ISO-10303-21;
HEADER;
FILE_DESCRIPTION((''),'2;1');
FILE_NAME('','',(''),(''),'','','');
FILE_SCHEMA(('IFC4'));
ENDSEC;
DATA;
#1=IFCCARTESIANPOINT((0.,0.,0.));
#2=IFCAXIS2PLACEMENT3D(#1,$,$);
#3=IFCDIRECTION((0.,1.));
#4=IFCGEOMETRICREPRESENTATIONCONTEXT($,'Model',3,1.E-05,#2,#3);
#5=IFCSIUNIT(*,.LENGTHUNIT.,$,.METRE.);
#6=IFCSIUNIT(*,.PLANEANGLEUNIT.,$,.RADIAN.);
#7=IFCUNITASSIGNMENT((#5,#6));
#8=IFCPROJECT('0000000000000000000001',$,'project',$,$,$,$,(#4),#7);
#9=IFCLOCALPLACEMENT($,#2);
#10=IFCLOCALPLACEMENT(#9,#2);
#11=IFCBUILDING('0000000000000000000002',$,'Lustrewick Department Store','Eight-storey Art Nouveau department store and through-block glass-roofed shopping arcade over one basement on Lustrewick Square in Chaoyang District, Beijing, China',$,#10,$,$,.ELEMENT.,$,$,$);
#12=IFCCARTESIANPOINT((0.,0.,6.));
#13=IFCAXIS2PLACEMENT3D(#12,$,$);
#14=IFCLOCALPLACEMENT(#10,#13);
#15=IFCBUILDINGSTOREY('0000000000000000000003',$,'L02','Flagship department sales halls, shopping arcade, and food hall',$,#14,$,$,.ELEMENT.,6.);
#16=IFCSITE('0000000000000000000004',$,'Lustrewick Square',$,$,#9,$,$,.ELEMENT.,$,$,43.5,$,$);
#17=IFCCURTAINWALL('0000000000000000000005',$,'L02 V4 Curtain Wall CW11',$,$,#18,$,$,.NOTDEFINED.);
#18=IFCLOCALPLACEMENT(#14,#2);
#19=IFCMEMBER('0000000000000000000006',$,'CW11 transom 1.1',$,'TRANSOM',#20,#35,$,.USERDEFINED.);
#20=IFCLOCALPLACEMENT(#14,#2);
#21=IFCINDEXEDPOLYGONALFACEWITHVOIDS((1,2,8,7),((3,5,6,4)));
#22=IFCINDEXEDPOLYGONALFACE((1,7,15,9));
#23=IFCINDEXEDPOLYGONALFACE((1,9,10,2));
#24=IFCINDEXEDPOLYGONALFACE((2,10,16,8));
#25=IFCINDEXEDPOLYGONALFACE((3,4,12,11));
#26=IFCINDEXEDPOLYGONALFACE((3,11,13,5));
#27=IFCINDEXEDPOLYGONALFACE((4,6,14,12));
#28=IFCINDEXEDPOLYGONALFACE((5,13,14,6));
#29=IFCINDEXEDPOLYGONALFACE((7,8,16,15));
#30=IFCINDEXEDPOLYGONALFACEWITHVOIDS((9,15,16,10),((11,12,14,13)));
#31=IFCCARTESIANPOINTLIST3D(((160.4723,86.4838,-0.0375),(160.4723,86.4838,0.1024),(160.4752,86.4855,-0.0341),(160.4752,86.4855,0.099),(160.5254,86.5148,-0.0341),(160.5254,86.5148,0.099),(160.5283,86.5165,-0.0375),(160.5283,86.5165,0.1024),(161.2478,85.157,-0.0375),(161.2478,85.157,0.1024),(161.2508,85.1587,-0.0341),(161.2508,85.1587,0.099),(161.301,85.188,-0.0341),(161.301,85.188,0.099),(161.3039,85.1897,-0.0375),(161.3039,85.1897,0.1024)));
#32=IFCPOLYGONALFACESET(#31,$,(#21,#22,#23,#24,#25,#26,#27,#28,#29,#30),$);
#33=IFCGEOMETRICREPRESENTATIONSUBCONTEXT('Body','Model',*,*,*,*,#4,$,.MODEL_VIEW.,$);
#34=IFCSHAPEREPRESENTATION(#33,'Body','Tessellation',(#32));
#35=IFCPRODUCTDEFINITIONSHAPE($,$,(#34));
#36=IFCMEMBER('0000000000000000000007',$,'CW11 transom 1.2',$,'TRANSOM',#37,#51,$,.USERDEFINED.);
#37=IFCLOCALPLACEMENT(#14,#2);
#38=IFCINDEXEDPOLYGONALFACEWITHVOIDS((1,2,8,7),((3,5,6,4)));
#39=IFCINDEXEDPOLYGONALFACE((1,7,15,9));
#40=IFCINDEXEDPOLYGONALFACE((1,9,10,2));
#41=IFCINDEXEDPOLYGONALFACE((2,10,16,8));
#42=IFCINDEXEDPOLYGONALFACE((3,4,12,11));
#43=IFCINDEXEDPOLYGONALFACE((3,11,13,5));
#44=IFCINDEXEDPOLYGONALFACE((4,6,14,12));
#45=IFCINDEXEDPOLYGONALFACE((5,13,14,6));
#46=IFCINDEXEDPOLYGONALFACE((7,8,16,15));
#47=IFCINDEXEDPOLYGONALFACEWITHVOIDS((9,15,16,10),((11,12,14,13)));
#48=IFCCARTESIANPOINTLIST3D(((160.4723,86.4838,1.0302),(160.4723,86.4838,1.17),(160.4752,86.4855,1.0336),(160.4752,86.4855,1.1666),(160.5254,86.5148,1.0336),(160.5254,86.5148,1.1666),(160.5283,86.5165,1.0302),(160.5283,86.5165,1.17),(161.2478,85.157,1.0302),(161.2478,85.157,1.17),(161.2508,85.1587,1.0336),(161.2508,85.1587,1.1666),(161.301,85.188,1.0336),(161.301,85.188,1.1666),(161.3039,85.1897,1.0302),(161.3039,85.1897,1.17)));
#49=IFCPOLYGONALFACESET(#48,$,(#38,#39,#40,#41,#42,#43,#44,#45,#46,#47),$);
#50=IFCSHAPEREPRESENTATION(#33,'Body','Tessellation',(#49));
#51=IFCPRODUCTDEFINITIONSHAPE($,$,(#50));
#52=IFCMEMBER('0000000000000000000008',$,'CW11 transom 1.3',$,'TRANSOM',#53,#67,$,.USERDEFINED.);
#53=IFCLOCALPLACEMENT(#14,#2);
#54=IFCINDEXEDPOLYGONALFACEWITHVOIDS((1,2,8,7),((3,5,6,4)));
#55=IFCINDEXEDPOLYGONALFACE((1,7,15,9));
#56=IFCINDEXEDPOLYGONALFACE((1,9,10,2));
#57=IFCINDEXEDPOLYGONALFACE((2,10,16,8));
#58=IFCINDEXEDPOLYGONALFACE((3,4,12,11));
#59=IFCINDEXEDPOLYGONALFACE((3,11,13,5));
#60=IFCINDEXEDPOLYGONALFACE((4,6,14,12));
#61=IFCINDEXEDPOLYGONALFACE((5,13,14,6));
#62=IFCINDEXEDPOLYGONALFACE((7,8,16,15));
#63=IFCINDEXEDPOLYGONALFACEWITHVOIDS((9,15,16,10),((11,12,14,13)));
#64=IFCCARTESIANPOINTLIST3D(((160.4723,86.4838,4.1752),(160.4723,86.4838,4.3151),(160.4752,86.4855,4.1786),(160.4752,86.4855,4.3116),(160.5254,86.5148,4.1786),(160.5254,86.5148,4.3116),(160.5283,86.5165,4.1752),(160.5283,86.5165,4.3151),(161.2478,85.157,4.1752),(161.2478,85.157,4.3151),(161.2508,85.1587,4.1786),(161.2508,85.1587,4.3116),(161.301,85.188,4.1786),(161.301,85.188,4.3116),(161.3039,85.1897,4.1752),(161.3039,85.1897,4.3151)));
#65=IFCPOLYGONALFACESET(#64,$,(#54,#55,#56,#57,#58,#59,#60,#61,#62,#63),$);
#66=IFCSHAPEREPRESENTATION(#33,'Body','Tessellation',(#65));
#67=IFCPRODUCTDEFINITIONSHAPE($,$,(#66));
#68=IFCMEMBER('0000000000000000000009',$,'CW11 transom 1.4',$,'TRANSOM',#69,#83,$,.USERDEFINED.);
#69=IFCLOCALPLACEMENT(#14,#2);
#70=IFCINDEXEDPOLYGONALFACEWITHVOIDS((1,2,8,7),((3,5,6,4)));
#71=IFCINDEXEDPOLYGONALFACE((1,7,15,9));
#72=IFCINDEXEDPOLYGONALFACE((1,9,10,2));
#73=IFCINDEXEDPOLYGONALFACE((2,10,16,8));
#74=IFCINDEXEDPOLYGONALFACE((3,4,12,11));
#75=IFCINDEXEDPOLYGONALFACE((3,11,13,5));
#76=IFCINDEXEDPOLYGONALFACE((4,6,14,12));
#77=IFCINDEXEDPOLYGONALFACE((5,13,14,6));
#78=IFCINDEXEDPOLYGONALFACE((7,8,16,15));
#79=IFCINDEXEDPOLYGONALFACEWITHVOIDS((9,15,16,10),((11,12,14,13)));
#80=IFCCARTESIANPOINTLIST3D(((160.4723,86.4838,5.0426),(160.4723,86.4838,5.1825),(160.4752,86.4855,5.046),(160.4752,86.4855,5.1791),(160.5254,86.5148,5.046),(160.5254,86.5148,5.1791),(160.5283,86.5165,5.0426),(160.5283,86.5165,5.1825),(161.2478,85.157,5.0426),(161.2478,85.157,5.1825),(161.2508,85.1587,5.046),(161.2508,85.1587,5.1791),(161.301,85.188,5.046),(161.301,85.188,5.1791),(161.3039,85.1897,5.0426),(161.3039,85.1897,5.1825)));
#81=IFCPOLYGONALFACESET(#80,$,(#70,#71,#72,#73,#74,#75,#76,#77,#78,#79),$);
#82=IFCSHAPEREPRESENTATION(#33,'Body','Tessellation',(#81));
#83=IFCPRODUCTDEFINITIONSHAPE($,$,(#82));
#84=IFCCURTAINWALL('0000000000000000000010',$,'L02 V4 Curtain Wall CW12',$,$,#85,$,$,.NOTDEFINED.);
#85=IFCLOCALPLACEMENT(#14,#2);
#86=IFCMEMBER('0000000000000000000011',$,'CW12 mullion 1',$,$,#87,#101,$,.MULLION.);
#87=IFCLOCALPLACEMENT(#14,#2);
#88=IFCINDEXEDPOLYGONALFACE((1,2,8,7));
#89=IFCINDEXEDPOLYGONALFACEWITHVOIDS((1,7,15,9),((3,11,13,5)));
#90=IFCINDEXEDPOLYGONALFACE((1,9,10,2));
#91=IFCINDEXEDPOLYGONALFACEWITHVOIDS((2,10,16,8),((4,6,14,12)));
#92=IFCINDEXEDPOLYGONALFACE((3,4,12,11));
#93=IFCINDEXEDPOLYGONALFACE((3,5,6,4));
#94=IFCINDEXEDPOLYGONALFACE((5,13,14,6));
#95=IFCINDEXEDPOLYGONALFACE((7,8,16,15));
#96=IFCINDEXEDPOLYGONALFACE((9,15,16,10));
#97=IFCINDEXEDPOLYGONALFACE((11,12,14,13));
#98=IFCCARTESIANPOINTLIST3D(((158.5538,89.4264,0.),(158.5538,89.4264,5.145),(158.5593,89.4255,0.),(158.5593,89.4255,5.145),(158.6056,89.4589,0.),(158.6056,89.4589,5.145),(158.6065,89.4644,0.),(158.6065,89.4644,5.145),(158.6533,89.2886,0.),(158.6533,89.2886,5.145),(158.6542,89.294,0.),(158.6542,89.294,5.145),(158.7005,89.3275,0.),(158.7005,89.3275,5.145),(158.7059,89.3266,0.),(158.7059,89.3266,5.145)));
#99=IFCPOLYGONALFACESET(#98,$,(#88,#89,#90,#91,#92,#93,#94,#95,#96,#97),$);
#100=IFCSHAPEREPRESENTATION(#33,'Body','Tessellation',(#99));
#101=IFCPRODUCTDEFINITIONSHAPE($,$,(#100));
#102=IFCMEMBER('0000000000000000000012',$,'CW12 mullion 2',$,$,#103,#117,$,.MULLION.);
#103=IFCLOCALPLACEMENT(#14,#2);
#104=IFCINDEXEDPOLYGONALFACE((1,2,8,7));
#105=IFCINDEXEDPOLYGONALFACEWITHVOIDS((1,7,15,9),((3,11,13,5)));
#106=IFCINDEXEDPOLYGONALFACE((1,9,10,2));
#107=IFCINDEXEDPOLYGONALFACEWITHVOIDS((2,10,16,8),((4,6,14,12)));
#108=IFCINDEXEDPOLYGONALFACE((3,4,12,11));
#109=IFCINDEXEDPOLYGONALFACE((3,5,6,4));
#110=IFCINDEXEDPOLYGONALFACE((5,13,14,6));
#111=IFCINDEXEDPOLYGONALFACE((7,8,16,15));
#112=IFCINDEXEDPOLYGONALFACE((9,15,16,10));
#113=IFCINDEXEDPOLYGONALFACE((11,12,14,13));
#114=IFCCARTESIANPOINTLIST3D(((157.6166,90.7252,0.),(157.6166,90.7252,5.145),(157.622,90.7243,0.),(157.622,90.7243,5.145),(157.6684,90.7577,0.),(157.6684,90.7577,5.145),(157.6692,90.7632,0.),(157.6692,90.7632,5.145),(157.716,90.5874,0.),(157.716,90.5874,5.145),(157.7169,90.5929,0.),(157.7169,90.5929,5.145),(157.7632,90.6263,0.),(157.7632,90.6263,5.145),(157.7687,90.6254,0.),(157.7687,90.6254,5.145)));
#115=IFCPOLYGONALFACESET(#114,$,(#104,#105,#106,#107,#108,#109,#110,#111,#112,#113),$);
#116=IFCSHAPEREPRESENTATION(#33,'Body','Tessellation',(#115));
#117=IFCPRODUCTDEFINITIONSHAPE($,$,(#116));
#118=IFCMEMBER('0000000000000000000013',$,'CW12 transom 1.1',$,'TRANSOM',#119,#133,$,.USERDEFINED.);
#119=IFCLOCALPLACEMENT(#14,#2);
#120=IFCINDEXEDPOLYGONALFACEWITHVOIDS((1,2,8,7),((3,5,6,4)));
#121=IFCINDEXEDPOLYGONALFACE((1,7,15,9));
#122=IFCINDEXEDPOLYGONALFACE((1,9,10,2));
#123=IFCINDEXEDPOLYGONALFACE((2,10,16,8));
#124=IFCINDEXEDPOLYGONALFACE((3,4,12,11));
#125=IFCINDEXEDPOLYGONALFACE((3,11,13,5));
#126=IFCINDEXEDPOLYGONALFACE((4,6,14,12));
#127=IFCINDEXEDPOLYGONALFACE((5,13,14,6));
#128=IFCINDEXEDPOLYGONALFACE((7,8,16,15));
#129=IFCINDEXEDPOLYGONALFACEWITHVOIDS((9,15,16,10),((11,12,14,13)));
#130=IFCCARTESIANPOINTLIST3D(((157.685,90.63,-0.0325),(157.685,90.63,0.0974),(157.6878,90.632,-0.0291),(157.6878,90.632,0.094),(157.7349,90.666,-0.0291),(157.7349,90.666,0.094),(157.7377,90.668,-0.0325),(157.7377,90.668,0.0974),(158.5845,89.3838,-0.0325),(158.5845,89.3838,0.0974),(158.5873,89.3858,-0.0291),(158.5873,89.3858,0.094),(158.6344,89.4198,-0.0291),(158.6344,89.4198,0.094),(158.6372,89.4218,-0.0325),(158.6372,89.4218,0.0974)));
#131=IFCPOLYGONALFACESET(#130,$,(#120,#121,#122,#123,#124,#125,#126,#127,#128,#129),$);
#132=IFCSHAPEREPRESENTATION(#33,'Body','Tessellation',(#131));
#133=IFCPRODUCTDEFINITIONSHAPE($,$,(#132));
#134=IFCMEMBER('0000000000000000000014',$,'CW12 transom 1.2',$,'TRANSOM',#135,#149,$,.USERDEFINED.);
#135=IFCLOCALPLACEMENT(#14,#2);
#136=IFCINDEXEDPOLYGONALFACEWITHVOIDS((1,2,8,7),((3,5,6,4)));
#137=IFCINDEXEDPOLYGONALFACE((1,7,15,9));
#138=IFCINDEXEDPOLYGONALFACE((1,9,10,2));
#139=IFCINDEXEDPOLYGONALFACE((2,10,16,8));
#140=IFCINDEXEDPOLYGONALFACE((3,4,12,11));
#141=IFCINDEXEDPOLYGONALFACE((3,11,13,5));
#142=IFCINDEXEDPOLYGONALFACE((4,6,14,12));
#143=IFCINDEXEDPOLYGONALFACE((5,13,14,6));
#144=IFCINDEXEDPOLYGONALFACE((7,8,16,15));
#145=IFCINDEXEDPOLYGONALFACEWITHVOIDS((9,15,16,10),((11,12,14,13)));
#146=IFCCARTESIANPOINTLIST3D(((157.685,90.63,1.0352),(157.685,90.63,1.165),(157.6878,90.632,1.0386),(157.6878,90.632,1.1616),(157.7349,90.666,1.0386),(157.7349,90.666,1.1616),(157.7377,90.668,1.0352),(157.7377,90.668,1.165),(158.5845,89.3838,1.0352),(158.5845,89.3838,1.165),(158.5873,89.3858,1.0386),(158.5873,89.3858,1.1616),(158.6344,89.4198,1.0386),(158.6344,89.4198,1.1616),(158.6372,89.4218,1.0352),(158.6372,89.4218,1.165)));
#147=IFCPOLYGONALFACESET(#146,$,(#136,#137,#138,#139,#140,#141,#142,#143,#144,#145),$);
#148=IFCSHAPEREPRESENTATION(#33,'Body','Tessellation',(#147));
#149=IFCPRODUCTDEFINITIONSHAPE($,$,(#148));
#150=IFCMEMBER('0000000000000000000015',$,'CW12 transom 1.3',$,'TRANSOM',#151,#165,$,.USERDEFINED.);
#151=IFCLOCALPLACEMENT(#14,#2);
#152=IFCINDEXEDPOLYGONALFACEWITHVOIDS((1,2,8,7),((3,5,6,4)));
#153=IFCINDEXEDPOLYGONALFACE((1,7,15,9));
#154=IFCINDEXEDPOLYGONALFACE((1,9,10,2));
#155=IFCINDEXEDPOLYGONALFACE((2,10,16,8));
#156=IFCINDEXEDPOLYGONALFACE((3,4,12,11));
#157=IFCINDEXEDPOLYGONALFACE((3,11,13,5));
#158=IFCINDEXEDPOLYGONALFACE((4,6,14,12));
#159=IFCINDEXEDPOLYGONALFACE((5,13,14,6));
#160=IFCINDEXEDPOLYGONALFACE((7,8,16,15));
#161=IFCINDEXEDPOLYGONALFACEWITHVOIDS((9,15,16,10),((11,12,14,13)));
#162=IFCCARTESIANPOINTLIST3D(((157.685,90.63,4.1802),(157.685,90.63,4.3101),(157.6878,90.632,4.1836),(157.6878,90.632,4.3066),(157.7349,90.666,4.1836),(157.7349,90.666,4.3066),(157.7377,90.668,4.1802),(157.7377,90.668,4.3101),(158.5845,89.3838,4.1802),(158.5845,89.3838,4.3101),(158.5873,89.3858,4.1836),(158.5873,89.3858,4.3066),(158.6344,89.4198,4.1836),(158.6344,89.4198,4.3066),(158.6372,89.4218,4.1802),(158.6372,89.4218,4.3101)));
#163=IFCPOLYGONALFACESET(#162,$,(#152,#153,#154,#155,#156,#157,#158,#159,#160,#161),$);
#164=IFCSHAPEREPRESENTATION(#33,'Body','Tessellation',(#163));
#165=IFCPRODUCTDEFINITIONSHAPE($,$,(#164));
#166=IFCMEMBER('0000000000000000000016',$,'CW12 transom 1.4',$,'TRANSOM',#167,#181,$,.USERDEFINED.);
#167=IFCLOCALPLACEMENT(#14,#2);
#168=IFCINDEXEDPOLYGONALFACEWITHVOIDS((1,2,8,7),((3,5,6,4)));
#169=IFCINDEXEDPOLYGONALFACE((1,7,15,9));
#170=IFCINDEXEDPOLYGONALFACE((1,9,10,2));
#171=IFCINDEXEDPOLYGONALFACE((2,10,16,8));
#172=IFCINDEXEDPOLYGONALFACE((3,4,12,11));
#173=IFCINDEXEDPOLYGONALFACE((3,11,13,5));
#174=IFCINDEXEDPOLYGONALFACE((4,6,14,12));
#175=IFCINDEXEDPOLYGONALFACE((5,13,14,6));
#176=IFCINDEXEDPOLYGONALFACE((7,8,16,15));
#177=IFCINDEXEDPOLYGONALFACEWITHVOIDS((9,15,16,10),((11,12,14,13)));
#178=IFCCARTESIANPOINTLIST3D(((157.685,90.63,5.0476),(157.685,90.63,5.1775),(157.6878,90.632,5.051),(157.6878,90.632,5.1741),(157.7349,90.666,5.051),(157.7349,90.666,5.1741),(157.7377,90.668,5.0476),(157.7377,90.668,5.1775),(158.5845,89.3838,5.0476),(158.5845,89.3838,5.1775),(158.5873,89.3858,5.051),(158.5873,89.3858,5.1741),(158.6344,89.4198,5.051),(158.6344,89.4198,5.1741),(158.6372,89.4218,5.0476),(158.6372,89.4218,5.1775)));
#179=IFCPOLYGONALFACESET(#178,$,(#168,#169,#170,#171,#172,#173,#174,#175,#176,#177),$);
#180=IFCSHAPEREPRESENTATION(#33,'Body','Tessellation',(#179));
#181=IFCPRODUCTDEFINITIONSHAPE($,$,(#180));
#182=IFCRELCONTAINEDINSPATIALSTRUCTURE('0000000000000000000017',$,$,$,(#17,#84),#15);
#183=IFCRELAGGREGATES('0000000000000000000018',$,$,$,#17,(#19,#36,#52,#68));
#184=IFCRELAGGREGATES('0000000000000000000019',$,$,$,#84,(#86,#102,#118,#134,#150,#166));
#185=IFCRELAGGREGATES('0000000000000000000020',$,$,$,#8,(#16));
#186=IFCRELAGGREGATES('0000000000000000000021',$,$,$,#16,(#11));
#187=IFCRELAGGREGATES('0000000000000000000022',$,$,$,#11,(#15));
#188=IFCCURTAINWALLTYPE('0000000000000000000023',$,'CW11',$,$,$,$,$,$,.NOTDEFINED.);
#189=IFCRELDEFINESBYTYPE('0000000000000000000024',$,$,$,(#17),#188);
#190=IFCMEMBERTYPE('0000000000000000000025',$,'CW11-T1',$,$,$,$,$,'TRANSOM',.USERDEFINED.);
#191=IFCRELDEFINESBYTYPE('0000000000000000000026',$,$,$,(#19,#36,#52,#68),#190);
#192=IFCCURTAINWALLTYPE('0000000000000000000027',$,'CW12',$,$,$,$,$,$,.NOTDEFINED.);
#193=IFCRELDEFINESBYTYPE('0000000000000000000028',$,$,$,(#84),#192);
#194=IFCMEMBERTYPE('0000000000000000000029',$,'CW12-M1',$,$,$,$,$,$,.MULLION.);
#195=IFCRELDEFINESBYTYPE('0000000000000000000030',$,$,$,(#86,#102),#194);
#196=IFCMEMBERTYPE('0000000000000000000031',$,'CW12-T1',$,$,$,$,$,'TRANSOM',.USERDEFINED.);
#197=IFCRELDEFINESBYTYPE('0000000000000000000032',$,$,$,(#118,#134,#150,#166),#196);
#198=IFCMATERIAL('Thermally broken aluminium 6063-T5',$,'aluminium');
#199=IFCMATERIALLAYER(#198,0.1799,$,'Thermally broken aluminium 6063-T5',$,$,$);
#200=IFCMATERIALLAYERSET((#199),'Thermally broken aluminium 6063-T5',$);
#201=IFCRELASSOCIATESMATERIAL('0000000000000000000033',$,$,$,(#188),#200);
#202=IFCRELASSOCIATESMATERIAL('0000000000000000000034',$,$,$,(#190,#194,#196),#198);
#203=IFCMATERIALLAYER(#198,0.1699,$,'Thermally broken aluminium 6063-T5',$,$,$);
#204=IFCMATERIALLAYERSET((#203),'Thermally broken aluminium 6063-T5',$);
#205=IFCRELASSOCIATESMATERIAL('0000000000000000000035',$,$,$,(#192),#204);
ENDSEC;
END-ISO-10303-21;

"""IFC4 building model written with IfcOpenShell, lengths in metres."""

from ifc_helpers import new_model, si_unit, direction, frame, origin, origin_2d, place, context, subcontext, project, spatial, hollow_rectangle, extrude, material, layer, layer_set, material_profile, profile_set, type_object, element, aggregate, save


model = new_model("IFC4")

# Units and contexts
model_context = context("Model", 3, precision=1e-05, world=origin(), true_north=direction((0.0, 1.0)))
body_context = subcontext(model_context, "Body", "Model", "MODEL_VIEW")
ifc_project = project(units=[si_unit("LENGTHUNIT", "METRE"), si_unit("PLANEANGLEUNIT", "RADIAN")], contexts=[model_context])

# Site, building, storey
site_placement = place(None, origin())
site = spatial("IfcSite", under=ifc_project, at=site_placement, Name="Lustrewick Square", CompositionType="ELEMENT", RefElevation=43.5)
building_placement = place(site_placement, origin())
building = spatial("IfcBuilding", under=site, at=building_placement, Name="Lustrewick Department Store", Description="Eight-storey Art Nouveau department store and through-block glass-roofed shopping arcade over one basement on Lustrewick Square in Chaoyang District, Beijing, China", CompositionType="ELEMENT")
storey_placement = place(building_placement, frame((0.0, 0.0, 6.0)))
storey = spatial("IfcBuildingStorey", under=building, at=storey_placement, Name="L02", Description="Flagship department sales halls, shopping arcade, and food hall", CompositionType="ELEMENT", Elevation=6.0)

# Curtain walls, members
ifc_material_1 = material(Name="Thermally broken aluminium 6063-T5", Category="aluminium")
ifc_layer_1 = layer(ifc_material_1, 0.1799, Name="Thermally broken aluminium 6063-T5")
ifc_layer_set_1 = layer_set([ifc_layer_1], Name="Thermally broken aluminium 6063-T5")
curtain_wall_type_1 = type_object("IfcCurtainWallType", Name="CW11", PredefinedType="NOTDEFINED", material=ifc_layer_set_1)
curtain_wall_1_placement = place(storey_placement, origin())
curtain_wall_1 = element("IfcCurtainWall", 1, at=curtain_wall_1_placement, inside=storey, type_object=curtain_wall_type_1, Name="L02 V4 Curtain Wall CW11", PredefinedType="NOTDEFINED")
ifc_material_profile_1 = material_profile(ifc_material_1, hollow_rectangle(XDim=0.0649, YDim=0.1399, WallThickness=0.0034, at=origin_2d()), Name="ALU-T 65x140x3.5")
ifc_profile_set_1 = profile_set([ifc_material_profile_1], Name="Thermally broken aluminium 6063-T5")
member_type_1 = type_object("IfcMemberType", Name="CW11-T1", ElementType="TRANSOM", PredefinedType="USERDEFINED", material=ifc_profile_set_1)
member_1_placement = place(storey_placement, frame((161.2759, 85.1733, 0.0325), z_axis=(-0.504651, 0.863323, 0.0), x_axis=(-0.863323, -0.504651, 0.0)))
member_1 = element("IfcMember", 2, at=member_1_placement, type_object=member_type_1, Name="CW11 transom 1.1", ObjectType="TRANSOM", PredefinedType="USERDEFINED", context=body_context, shape_type="SweptSolid", body=[
    extrude(hollow_rectangle(XDim=0.0649, YDim=0.1399, WallThickness=0.0034, at=origin_2d()), origin(), (0.0, 0.0, 1.0), 1.5369),
])
member_2_placement = place(storey_placement, frame((161.2759, 85.1733, 1.1001), z_axis=(-0.504651, 0.863323, 0.0), x_axis=(-0.863323, -0.504651, 0.0)))
member_2 = element("IfcMember", 3, at=member_2_placement, type_object=member_type_1, Name="CW11 transom 1.2", ObjectType="TRANSOM", PredefinedType="USERDEFINED", context=body_context, shape_type="SweptSolid", body=[
    extrude(hollow_rectangle(XDim=0.0649, YDim=0.1399, WallThickness=0.0034, at=origin_2d()), origin(), (0.0, 0.0, 1.0), 1.5369),
])
member_3_placement = place(storey_placement, frame((161.2759, 85.1733, 4.2451), z_axis=(-0.504651, 0.863323, 0.0), x_axis=(-0.863323, -0.504651, 0.0)))
member_3 = element("IfcMember", 4, at=member_3_placement, type_object=member_type_1, Name="CW11 transom 1.3", ObjectType="TRANSOM", PredefinedType="USERDEFINED", context=body_context, shape_type="SweptSolid", body=[
    extrude(hollow_rectangle(XDim=0.0649, YDim=0.1399, WallThickness=0.0034, at=origin_2d()), origin(), (0.0, 0.0, 1.0), 1.5369),
])
member_4_placement = place(storey_placement, frame((161.2759, 85.1733, 5.1125), z_axis=(-0.504651, 0.863323, 0.0), x_axis=(-0.863323, -0.504651, 0.0)))
member_4 = element("IfcMember", 5, at=member_4_placement, type_object=member_type_1, Name="CW11 transom 1.4", ObjectType="TRANSOM", PredefinedType="USERDEFINED", context=body_context, shape_type="SweptSolid", body=[
    extrude(hollow_rectangle(XDim=0.0649, YDim=0.1399, WallThickness=0.0034, at=origin_2d()), origin(), (0.0, 0.0, 1.0), 1.5369),
])
ifc_layer_2 = layer(ifc_material_1, 0.1699, Name="Thermally broken aluminium 6063-T5")
ifc_layer_set_2 = layer_set([ifc_layer_2], Name="Thermally broken aluminium 6063-T5")
curtain_wall_type_2 = type_object("IfcCurtainWallType", Name="CW12", PredefinedType="NOTDEFINED", material=ifc_layer_set_2)
curtain_wall_2_placement = place(storey_placement, origin())
curtain_wall_2 = element("IfcCurtainWall", 6, at=curtain_wall_2_placement, inside=storey, type_object=curtain_wall_type_2, Name="L02 V4 Curtain Wall CW12", PredefinedType="NOTDEFINED")
ifc_material_profile_2 = material_profile(ifc_material_1, hollow_rectangle(XDim=0.0649, YDim=0.1699, WallThickness=0.0039, at=origin_2d()), Name="ALU-M 65x170x4")
ifc_profile_set_2 = profile_set([ifc_material_profile_2], Name="Thermally broken aluminium 6063-T5")
member_type_2 = type_object("IfcMemberType", Name="CW12-M1", PredefinedType="MULLION", material=ifc_profile_set_2)
member_5_placement = place(storey_placement, frame((158.6299, 89.3765, 0.0), z_axis=(0.0, 0.0, 1.0), x_axis=(-0.810866, -0.585232, 0.0)))
member_5 = element("IfcMember", 7, at=member_5_placement, type_object=member_type_2, Name="CW12 mullion 1", PredefinedType="MULLION", context=body_context, shape_type="SweptSolid", body=[
    extrude(hollow_rectangle(XDim=0.0649, YDim=0.1699, WallThickness=0.0039, at=origin_2d()), origin(), (0.0, 0.0, 1.0), 5.145),
])
member_6_placement = place(storey_placement, frame((157.6926, 90.6753, 0.0), z_axis=(0.0, 0.0, 1.0), x_axis=(-0.810866, -0.585232, 0.0)))
member_6 = element("IfcMember", 8, at=member_6_placement, type_object=member_type_2, Name="CW12 mullion 2", PredefinedType="MULLION", context=body_context, shape_type="SweptSolid", body=[
    extrude(hollow_rectangle(XDim=0.0649, YDim=0.1699, WallThickness=0.0039, at=origin_2d()), origin(), (0.0, 0.0, 1.0), 5.145),
])
ifc_material_profile_3 = material_profile(ifc_material_1, hollow_rectangle(XDim=0.0649, YDim=0.1299, WallThickness=0.0034, at=origin_2d()), Name="ALU-T 65x130x3.5")
ifc_profile_set_3 = profile_set([ifc_material_profile_3], Name="Thermally broken aluminium 6063-T5")
member_type_3 = type_object("IfcMemberType", Name="CW12-T1", ElementType="TRANSOM", PredefinedType="USERDEFINED", material=ifc_profile_set_3)
member_7_placement = place(storey_placement, frame((158.6108, 89.4028, 0.0325), z_axis=(-0.585259, 0.810847, 0.0), x_axis=(-0.810847, -0.585259, 0.0)))
member_7 = element("IfcMember", 9, at=member_7_placement, type_object=member_type_3, Name="CW12 transom 1.1", ObjectType="TRANSOM", PredefinedType="USERDEFINED", context=body_context, shape_type="SweptSolid", body=[
    extrude(hollow_rectangle(XDim=0.0649, YDim=0.1299, WallThickness=0.0034, at=origin_2d()), origin(), (0.0, 0.0, 1.0), 1.5369),
])
member_8_placement = place(storey_placement, frame((158.6108, 89.4028, 1.1001), z_axis=(-0.585259, 0.810847, 0.0), x_axis=(-0.810847, -0.585259, 0.0)))
member_8 = element("IfcMember", 10, at=member_8_placement, type_object=member_type_3, Name="CW12 transom 1.2", ObjectType="TRANSOM", PredefinedType="USERDEFINED", context=body_context, shape_type="SweptSolid", body=[
    extrude(hollow_rectangle(XDim=0.0649, YDim=0.1299, WallThickness=0.0034, at=origin_2d()), origin(), (0.0, 0.0, 1.0), 1.5369),
])
member_9_placement = place(storey_placement, frame((158.6108, 89.4028, 4.2451), z_axis=(-0.585259, 0.810847, 0.0), x_axis=(-0.810847, -0.585259, 0.0)))
member_9 = element("IfcMember", 11, at=member_9_placement, type_object=member_type_3, Name="CW12 transom 1.3", ObjectType="TRANSOM", PredefinedType="USERDEFINED", context=body_context, shape_type="SweptSolid", body=[
    extrude(hollow_rectangle(XDim=0.0649, YDim=0.1299, WallThickness=0.0034, at=origin_2d()), origin(), (0.0, 0.0, 1.0), 1.5369),
])
member_10_placement = place(storey_placement, frame((158.6108, 89.4028, 5.1125), z_axis=(-0.585259, 0.810847, 0.0), x_axis=(-0.810847, -0.585259, 0.0)))
member_10 = element("IfcMember", 12, at=member_10_placement, type_object=member_type_3, Name="CW12 transom 1.4", ObjectType="TRANSOM", PredefinedType="USERDEFINED", context=body_context, shape_type="SweptSolid", body=[
    extrude(hollow_rectangle(XDim=0.0649, YDim=0.1299, WallThickness=0.0034, at=origin_2d()), origin(), (0.0, 0.0, 1.0), 1.5369),
])

aggregate(curtain_wall_1, [member_1, member_2, member_3, member_4])
aggregate(curtain_wall_2, [member_5, member_6, member_7, member_8, member_9, member_10])

save(model, "model.ifc")
